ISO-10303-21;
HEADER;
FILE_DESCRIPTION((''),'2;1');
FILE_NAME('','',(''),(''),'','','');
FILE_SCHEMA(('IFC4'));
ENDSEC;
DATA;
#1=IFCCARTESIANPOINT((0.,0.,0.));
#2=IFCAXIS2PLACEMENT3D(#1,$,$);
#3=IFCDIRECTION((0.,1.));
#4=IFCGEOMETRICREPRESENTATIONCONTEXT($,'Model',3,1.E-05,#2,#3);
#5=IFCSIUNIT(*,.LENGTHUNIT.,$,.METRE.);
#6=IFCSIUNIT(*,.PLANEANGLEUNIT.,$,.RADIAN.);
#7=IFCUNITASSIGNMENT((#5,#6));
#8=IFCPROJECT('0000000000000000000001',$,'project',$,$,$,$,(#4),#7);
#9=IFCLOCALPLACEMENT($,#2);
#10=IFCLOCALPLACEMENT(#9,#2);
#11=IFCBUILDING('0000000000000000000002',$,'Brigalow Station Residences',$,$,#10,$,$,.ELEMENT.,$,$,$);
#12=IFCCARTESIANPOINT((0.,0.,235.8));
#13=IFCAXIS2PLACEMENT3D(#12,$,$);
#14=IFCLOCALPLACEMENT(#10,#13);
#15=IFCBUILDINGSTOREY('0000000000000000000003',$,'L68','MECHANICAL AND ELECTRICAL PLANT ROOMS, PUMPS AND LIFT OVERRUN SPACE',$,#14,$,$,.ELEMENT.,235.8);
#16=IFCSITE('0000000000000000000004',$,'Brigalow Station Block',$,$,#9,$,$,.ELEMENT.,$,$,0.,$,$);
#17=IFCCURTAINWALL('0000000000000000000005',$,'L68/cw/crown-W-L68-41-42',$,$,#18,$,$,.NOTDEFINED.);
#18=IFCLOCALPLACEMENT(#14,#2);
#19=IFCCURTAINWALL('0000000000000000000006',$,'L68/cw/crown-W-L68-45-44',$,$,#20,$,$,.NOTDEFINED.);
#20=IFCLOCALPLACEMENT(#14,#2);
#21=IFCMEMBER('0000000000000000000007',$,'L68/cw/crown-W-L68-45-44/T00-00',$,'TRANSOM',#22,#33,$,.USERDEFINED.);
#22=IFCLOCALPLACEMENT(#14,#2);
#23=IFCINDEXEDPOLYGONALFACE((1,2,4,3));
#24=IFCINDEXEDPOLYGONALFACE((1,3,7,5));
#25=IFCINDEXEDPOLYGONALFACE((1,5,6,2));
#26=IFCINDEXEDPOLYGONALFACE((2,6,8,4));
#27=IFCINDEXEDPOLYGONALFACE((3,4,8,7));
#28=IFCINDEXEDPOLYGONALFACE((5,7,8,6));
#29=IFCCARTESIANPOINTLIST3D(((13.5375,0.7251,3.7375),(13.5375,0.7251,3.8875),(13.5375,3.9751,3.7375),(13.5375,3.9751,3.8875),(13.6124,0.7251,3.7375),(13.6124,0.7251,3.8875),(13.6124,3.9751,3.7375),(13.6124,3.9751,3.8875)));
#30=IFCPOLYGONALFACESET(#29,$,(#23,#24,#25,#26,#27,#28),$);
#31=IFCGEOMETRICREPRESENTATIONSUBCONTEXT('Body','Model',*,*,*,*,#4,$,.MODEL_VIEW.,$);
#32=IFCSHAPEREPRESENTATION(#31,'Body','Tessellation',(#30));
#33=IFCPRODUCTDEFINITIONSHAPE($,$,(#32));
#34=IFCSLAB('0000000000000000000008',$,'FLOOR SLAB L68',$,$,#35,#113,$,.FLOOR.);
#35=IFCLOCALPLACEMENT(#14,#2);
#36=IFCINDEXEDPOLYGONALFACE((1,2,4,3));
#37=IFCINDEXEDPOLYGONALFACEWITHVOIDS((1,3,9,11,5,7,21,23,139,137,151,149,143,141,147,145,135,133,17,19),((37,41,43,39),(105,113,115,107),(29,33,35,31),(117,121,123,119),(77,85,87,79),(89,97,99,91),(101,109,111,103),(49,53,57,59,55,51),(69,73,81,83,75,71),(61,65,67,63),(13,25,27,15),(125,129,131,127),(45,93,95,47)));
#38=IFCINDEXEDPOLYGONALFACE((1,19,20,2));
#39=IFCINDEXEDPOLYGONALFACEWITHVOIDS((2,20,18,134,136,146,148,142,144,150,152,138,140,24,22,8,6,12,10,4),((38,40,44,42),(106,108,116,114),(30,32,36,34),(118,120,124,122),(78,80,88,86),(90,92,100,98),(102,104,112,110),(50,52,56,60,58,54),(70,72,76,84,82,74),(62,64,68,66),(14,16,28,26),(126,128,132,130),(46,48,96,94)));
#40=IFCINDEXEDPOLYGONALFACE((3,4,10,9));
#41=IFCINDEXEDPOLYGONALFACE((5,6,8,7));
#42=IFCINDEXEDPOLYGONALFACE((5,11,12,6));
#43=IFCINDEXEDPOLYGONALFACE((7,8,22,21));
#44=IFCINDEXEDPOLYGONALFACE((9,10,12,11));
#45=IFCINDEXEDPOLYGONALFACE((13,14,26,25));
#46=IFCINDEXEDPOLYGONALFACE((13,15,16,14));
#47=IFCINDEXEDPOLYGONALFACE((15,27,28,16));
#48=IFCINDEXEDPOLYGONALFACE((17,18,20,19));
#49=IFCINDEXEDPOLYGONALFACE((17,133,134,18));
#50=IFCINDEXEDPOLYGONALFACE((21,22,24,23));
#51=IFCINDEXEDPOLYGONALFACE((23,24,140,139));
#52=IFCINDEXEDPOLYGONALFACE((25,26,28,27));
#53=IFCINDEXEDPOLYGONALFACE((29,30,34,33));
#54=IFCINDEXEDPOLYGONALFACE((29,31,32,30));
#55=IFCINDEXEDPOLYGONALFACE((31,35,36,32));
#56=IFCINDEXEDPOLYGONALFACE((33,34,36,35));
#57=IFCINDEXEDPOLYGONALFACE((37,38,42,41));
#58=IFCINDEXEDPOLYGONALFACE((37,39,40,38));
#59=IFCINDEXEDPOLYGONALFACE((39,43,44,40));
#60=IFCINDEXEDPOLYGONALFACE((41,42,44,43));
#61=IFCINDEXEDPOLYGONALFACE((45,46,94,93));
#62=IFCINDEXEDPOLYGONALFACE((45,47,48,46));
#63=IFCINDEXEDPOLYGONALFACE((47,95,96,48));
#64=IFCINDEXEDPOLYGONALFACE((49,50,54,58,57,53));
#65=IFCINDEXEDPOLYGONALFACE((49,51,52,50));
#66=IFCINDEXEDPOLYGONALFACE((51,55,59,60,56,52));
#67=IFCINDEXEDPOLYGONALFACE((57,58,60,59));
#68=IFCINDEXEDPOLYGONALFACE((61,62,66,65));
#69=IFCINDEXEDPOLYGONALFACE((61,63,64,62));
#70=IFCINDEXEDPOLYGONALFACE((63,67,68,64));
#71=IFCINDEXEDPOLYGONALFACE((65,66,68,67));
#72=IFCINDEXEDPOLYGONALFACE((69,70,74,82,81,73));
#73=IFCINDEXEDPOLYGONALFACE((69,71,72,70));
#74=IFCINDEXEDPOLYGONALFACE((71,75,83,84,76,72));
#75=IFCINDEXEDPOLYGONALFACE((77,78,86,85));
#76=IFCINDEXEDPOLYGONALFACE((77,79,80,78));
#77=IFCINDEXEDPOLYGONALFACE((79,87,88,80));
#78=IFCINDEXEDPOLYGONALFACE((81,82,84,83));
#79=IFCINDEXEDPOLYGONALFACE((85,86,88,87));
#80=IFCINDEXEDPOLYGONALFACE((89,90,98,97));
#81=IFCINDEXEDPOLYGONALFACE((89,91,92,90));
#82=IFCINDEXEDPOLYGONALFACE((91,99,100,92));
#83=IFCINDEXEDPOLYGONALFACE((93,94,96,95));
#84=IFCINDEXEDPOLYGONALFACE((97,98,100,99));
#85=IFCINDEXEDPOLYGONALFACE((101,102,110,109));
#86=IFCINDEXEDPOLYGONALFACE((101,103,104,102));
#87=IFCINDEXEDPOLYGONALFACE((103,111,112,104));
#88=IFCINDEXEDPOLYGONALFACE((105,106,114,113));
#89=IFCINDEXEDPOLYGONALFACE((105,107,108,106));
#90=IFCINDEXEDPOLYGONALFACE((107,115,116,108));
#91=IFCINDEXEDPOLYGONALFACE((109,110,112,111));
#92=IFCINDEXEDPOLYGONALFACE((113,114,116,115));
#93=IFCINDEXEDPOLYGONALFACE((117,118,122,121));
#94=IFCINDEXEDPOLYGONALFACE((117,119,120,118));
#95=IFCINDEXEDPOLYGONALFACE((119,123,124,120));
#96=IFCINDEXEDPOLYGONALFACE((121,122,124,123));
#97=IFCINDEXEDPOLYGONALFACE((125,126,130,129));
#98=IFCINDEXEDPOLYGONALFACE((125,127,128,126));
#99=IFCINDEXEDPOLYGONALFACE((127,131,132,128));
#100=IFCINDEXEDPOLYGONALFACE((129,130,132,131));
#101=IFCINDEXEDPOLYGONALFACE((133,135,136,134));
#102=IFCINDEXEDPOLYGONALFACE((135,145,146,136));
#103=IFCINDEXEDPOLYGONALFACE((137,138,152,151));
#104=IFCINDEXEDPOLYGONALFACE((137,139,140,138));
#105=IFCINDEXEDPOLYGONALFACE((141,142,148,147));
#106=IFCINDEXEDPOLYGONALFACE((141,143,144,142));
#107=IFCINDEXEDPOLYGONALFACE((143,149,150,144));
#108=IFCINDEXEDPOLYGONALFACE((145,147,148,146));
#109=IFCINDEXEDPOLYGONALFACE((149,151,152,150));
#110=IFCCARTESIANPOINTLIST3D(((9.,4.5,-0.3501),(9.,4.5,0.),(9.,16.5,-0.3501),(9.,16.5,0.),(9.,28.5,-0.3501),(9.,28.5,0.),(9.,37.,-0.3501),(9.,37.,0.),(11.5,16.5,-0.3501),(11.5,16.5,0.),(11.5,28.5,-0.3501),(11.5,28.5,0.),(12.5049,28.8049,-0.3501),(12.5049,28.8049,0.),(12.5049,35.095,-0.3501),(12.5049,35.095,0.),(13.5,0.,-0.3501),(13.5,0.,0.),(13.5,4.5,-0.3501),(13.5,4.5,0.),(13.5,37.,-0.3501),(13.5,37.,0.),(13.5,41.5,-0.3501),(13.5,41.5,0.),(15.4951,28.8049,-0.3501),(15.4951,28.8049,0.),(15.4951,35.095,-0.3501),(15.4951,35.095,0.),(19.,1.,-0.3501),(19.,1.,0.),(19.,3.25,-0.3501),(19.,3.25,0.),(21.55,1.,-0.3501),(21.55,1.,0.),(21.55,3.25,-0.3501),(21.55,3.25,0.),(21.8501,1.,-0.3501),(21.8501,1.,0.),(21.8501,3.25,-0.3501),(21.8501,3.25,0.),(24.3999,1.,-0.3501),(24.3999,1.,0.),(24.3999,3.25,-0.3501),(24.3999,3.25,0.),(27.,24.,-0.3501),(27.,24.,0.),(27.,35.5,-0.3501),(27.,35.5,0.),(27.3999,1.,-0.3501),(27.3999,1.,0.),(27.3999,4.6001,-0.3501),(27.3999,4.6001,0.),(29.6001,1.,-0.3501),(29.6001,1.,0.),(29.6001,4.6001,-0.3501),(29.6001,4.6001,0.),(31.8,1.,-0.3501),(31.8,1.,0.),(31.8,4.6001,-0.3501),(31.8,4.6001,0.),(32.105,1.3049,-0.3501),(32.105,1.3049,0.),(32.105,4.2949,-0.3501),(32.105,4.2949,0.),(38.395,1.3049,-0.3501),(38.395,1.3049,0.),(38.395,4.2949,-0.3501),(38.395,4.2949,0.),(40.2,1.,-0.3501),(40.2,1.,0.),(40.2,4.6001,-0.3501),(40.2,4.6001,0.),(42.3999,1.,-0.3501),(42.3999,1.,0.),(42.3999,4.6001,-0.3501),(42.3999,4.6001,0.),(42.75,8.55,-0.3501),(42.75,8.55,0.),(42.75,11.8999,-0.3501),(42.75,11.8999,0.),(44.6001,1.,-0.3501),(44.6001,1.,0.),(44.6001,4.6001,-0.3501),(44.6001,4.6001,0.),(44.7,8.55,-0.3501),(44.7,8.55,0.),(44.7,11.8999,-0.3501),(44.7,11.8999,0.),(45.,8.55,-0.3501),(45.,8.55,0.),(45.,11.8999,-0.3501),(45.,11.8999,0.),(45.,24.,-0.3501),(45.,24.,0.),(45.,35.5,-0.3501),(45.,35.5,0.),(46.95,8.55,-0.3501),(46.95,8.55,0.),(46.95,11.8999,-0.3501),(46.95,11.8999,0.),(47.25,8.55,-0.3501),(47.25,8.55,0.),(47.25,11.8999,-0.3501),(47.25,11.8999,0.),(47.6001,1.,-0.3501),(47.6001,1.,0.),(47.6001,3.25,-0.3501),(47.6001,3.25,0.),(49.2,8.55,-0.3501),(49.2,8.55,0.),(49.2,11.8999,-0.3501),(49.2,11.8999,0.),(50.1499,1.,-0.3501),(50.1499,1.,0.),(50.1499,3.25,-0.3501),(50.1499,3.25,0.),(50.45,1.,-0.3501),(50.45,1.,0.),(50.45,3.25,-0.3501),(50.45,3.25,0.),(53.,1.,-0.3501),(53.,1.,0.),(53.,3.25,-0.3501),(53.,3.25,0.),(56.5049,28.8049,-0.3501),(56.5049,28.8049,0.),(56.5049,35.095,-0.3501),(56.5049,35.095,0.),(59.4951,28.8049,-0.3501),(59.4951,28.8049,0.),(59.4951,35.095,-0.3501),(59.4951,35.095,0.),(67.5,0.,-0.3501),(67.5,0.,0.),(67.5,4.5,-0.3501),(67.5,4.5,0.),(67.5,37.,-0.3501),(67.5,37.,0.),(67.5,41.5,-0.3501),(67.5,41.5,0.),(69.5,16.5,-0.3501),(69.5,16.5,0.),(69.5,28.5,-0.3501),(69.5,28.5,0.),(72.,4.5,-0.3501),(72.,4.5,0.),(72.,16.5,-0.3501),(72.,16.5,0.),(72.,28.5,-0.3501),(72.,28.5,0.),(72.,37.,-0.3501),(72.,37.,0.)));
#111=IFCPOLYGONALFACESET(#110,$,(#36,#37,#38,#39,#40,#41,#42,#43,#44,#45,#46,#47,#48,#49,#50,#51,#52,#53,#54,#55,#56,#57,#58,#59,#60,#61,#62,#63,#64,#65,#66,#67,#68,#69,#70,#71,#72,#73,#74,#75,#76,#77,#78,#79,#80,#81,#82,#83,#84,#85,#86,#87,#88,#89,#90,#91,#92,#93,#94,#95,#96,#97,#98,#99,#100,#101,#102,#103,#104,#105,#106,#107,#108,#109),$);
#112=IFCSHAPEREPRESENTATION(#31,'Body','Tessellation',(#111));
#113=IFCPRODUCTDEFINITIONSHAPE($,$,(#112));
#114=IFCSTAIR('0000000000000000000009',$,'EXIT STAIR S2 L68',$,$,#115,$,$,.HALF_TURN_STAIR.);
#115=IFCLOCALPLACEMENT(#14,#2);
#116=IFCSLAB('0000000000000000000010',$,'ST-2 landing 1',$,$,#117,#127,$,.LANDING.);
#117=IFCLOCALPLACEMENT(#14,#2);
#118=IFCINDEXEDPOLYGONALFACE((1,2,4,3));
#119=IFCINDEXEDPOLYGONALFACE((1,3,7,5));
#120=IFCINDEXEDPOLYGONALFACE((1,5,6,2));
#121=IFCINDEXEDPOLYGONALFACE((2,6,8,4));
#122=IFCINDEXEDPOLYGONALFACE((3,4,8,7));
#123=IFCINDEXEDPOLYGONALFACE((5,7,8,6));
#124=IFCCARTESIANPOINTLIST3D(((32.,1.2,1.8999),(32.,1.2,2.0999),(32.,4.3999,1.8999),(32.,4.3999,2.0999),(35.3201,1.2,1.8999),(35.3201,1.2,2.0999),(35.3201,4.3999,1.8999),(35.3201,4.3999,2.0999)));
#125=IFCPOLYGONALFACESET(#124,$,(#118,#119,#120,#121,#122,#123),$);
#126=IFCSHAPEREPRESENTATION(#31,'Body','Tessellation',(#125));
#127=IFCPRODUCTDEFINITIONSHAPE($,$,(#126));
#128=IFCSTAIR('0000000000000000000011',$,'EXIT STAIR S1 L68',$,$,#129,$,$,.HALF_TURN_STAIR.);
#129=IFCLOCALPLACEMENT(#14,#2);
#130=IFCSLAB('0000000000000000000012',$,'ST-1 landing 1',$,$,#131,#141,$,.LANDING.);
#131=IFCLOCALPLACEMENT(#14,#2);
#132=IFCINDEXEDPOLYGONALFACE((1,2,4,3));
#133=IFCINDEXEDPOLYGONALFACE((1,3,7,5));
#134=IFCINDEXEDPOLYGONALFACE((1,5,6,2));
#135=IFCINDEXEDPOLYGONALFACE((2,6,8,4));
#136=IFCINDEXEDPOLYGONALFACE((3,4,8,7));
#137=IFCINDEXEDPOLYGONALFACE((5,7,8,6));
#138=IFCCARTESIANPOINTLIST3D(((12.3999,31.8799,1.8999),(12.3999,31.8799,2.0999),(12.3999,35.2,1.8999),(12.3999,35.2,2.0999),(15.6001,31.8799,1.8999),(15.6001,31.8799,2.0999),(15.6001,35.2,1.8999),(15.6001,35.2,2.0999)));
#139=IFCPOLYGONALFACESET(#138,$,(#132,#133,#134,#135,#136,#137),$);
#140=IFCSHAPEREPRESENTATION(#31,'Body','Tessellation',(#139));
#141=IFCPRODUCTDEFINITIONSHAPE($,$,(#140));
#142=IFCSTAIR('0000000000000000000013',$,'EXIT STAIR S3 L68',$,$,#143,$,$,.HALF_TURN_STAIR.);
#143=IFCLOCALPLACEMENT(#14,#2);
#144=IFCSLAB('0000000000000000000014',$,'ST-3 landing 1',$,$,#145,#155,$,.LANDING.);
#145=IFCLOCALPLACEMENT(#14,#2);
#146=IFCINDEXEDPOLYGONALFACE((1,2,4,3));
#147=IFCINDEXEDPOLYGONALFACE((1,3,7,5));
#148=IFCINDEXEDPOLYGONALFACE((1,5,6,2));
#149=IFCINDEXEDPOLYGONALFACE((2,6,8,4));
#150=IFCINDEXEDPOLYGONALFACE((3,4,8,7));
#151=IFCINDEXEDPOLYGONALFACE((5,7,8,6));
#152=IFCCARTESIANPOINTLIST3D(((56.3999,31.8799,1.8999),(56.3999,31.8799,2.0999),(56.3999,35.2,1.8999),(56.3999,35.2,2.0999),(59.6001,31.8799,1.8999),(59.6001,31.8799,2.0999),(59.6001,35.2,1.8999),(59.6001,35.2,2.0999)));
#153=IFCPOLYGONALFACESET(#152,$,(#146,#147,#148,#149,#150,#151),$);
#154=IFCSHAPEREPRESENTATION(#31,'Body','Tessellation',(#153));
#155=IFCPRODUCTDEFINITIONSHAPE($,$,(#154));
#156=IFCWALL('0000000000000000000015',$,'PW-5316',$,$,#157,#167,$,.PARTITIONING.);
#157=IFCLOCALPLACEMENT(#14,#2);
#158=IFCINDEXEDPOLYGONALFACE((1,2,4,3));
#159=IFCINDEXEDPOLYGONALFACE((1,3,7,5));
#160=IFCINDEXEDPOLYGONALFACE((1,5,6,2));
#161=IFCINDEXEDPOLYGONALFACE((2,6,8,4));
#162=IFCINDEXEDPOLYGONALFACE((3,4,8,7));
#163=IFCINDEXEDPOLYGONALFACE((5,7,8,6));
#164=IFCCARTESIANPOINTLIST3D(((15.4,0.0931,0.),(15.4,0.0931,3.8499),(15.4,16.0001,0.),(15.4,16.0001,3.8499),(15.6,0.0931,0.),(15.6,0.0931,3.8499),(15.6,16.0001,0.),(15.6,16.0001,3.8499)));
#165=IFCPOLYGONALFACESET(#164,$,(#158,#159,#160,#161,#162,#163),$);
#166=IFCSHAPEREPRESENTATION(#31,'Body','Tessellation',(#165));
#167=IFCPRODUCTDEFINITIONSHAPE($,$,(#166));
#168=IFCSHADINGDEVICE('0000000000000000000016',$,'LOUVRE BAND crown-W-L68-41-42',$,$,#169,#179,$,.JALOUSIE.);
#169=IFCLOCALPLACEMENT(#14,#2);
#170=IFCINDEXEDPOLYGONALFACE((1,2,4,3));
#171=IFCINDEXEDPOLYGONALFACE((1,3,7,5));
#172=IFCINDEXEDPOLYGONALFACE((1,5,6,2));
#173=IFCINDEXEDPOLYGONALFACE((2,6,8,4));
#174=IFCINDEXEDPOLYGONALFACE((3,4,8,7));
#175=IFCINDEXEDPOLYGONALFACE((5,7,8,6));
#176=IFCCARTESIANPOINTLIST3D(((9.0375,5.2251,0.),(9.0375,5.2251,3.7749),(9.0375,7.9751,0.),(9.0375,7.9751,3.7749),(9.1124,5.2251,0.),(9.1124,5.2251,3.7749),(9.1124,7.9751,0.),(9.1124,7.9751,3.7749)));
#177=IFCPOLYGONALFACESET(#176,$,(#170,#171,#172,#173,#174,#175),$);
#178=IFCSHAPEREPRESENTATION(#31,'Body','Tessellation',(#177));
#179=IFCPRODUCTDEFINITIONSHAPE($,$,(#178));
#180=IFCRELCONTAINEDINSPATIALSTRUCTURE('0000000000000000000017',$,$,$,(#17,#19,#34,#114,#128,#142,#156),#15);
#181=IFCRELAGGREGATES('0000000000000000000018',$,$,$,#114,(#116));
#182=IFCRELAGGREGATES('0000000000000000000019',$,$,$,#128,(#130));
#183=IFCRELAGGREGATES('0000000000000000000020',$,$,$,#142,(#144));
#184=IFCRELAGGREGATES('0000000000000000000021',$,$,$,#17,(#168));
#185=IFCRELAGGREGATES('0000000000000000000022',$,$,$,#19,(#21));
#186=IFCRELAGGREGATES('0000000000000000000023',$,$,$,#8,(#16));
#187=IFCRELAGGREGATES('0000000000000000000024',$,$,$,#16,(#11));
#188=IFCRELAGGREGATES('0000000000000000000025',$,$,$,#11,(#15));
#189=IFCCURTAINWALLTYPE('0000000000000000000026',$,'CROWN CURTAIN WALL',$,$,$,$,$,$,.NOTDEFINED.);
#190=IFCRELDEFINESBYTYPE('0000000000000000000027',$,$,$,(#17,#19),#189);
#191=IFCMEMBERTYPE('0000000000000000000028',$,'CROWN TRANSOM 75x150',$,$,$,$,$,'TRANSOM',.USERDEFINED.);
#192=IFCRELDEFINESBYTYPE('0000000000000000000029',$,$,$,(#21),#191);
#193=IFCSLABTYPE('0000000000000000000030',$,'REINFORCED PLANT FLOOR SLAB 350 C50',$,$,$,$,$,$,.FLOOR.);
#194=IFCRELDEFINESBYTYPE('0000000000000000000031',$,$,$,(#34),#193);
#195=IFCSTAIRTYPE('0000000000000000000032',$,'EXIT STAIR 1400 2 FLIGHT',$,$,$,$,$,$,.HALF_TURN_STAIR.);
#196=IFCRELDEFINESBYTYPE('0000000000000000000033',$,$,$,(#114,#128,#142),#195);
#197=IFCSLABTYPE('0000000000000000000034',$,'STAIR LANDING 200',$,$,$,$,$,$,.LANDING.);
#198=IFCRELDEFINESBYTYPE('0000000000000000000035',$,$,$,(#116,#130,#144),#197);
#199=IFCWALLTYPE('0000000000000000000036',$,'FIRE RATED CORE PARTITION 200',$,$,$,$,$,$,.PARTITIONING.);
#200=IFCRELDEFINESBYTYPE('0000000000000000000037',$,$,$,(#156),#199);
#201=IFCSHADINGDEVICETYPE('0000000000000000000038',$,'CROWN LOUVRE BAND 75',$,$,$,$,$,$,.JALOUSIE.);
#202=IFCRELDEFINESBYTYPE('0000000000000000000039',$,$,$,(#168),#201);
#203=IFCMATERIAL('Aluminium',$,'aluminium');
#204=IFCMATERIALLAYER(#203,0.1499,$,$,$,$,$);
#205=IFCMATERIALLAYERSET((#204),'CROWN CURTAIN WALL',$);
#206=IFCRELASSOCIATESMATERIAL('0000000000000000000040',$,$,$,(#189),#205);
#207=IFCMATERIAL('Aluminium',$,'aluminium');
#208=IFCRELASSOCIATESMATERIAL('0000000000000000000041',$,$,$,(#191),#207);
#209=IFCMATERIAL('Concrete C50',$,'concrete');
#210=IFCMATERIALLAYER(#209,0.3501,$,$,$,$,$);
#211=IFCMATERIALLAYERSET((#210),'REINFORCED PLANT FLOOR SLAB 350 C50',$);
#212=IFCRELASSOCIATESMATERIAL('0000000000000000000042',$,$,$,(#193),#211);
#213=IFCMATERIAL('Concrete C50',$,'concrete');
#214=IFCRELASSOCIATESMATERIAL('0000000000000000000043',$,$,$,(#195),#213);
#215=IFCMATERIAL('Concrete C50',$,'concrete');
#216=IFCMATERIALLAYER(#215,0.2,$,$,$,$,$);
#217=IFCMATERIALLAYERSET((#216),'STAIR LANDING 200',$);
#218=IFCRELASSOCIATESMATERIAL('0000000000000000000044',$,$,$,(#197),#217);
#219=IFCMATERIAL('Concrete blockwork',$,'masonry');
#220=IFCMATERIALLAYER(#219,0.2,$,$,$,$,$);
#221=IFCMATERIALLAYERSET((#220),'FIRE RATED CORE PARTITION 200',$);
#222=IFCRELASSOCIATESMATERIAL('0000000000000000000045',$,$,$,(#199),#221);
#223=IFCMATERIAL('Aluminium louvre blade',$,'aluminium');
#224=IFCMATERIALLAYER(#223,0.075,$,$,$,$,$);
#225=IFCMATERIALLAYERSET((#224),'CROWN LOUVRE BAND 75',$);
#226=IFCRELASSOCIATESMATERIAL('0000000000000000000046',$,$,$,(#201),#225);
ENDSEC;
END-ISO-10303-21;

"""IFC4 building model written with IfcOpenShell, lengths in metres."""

from ifc_helpers import new_model, si_unit, direction, frame, frame_2d, origin, origin_2d, place, context, subcontext, project, spatial, polyline, rectangle, outline, extrude, material, layer, layer_set, material_profile, profile_set, type_object, element, aggregate, save


model = new_model("IFC4")

# Units and contexts
model_context = context("Model", 3, precision=1e-05, world=origin(), true_north=direction((0.0, 1.0)))
body_context = subcontext(model_context, "Body", "Model", "MODEL_VIEW")
ifc_project = project(units=[si_unit("LENGTHUNIT", "METRE"), si_unit("PLANEANGLEUNIT", "RADIAN")], contexts=[model_context])

# Site, building, storey
site_placement = place(None, origin())
site = spatial("IfcSite", under=ifc_project, at=site_placement, Name="Brigalow Station Block", CompositionType="ELEMENT", RefElevation=0.0)
building_placement = place(site_placement, origin())
building = spatial("IfcBuilding", under=site, at=building_placement, Name="Brigalow Station Residences", CompositionType="ELEMENT")
storey_placement = place(building_placement, frame((0.0, 0.0, 235.8)))
storey = spatial("IfcBuildingStorey", under=building, at=storey_placement, Name="L68", Description="MECHANICAL AND ELECTRICAL PLANT ROOMS, PUMPS AND LIFT OVERRUN SPACE", CompositionType="ELEMENT", Elevation=235.8)

# Shared definitions
ifc_material_1 = material(Name="Aluminium", Category="aluminium")
ifc_layer_1 = layer(ifc_material_1, 0.1499)
ifc_layer_set_1 = layer_set([ifc_layer_1], Name="CROWN CURTAIN WALL")
curtain_wall_type = type_object("IfcCurtainWallType", Name="CROWN CURTAIN WALL", PredefinedType="NOTDEFINED", material=ifc_layer_set_1)

# Curtain walls
curtain_wall_1_placement = place(storey_placement, origin())
curtain_wall_1 = element("IfcCurtainWall", 1, at=curtain_wall_1_placement, inside=storey, type_object=curtain_wall_type, Name="L68/cw/crown-W-L68-41-42", PredefinedType="NOTDEFINED")
curtain_wall_2_placement = place(storey_placement, origin())
curtain_wall_2 = element("IfcCurtainWall", 2, at=curtain_wall_2_placement, inside=storey, type_object=curtain_wall_type, Name="L68/cw/crown-W-L68-45-44", PredefinedType="NOTDEFINED")

# Member
ifc_material_2 = material(Name="Aluminium", Category="aluminium")
ifc_material_profile_1 = material_profile(ifc_material_2, rectangle(XDim=0.075, YDim=0.1499, at=origin_2d()), Name="CROWN TRANSOM 75x150")
ifc_profile_set_1 = profile_set([ifc_material_profile_1], Name="Aluminium")
member_type_1 = type_object("IfcMemberType", Name="CROWN TRANSOM 75x150", ElementType="TRANSOM", PredefinedType="USERDEFINED", material=ifc_profile_set_1)
member_1_placement = place(storey_placement, frame((13.575, 3.9751, 3.8125), z_axis=(0.0, -1.0, 0.0), x_axis=(1.0, 0.0, 0.0)))
member_1 = element("IfcMember", 3, at=member_1_placement, type_object=member_type_1, Name="L68/cw/crown-W-L68-45-44/T00-00", ObjectType="TRANSOM", PredefinedType="USERDEFINED", context=body_context, shape_type="SweptSolid", body=[
    extrude(rectangle(XDim=0.075, YDim=0.1499, at=origin_2d()), origin(), (0.0, 0.0, 1.0), 3.25),
])

# Slab
ifc_material_3 = material(Name="Concrete C50", Category="concrete")
ifc_layer_2 = layer(ifc_material_3, 0.3501)
ifc_layer_set_2 = layer_set([ifc_layer_2], Name="REINFORCED PLANT FLOOR SLAB 350 C50")
slab_type_1 = type_object("IfcSlabType", Name="REINFORCED PLANT FLOOR SLAB 350 C50", PredefinedType="FLOOR", material=ifc_layer_set_2)
slab_1_placement = place(storey_placement, frame((0.0, 0.0, -0.3501)))
element("IfcSlab", 4, at=slab_1_placement, inside=storey, type_object=slab_type_1, Name="FLOOR SLAB L68", PredefinedType="FLOOR", context=body_context, shape_type="SweptSolid", body=[
    extrude(outline(polyline([(13.5, 0.0), (67.5, 0.0), (67.5, 4.5), (72.0, 4.5), (72.0, 16.5), (69.5, 16.5), (69.5, 28.5), (72.0, 28.5), (72.0, 37.0), (67.5, 37.0), (67.5, 41.5), (13.5, 41.5), (13.5, 37.0), (9.0, 37.0), (9.0, 28.5), (11.5, 28.5), (11.5, 16.5), (9.0, 16.5), (9.0, 4.5), (13.5, 4.5), (13.5, 0.0)]), holes=[polyline([(12.5049, 35.095), (15.4951, 35.095), (15.4951, 28.8049), (12.5049, 28.8049), (12.5049, 35.095)]), polyline([(19.0, 1.0), (19.0, 3.25), (21.55, 3.25), (21.55, 1.0), (19.0, 1.0)]), polyline([(21.8501, 3.25), (24.3999, 3.25), (24.3999, 1.0), (21.8501, 1.0), (21.8501, 3.25)]), polyline([(27.0, 35.5), (45.0, 35.5), (45.0, 24.0), (27.0, 24.0), (27.0, 35.5)]), polyline([(29.6001, 4.6001), (31.8, 4.6001), (31.8, 1.0), (29.6001, 1.0), (27.3999, 1.0), (27.3999, 4.6001), (29.6001, 4.6001)]), polyline([(32.105, 4.2949), (38.395, 4.2949), (38.395, 1.3049), (32.105, 1.3049), (32.105, 4.2949)]), polyline([(40.2, 4.6001), (42.3999, 4.6001), (44.6001, 4.6001), (44.6001, 1.0), (42.3999, 1.0), (40.2, 1.0), (40.2, 4.6001)]), polyline([(42.75, 11.8999), (44.7, 11.8999), (44.7, 8.55), (42.75, 8.55), (42.75, 11.8999)]), polyline([(45.0, 11.8999), (46.95, 11.8999), (46.95, 8.55), (45.0, 8.55), (45.0, 11.8999)]), polyline([(47.25, 11.8999), (49.2, 11.8999), (49.2, 8.55), (47.25, 8.55), (47.25, 11.8999)]), polyline([(47.6001, 3.25), (50.1499, 3.25), (50.1499, 1.0), (47.6001, 1.0), (47.6001, 3.25)]), polyline([(50.45, 3.25), (53.0, 3.25), (53.0, 1.0), (50.45, 1.0), (50.45, 3.25)]), polyline([(56.5049, 35.095), (59.4951, 35.095), (59.4951, 28.8049), (56.5049, 28.8049), (56.5049, 35.095)])]), origin(), (0.0, 0.0, 1.0), 0.3501),
])

# Stairs, slabs
ifc_material_4 = material(Name="Concrete C50", Category="concrete")
stair_type = type_object("IfcStairType", Name="EXIT STAIR 1400 2 FLIGHT", PredefinedType="HALF_TURN_STAIR", material=ifc_material_4)
stair_1_placement = place(storey_placement, origin())
stair_1 = element("IfcStair", 5, at=stair_1_placement, inside=storey, type_object=stair_type, Name="EXIT STAIR S2 L68", PredefinedType="HALF_TURN_STAIR")
ifc_material_5 = material(Name="Concrete C50", Category="concrete")
ifc_layer_3 = layer(ifc_material_5, 0.2)
ifc_layer_set_3 = layer_set([ifc_layer_3], Name="STAIR LANDING 200")
slab_type_2 = type_object("IfcSlabType", Name="STAIR LANDING 200", PredefinedType="LANDING", material=ifc_layer_set_3)
slab_2_placement = place(storey_placement, frame((0.0, 0.0, 1.8999)))
slab_2 = element("IfcSlab", 6, at=slab_2_placement, type_object=slab_type_2, Name="ST-2 landing 1", PredefinedType="LANDING", context=body_context, shape_type="SweptSolid", body=[
    extrude(outline(polyline([(32.0, 1.2), (35.3201, 1.2), (35.3201, 4.3999), (32.0, 4.3999), (32.0, 1.2)])), origin(), (0.0, 0.0, 1.0), 0.2),
])
aggregate(stair_1, [slab_2])
stair_2_placement = place(storey_placement, origin())
stair_2 = element("IfcStair", 7, at=stair_2_placement, inside=storey, type_object=stair_type, Name="EXIT STAIR S1 L68", PredefinedType="HALF_TURN_STAIR")
slab_3_placement = place(storey_placement, frame((0.0, 0.0, 1.8999)))
slab_3 = element("IfcSlab", 8, at=slab_3_placement, type_object=slab_type_2, Name="ST-1 landing 1", PredefinedType="LANDING", context=body_context, shape_type="SweptSolid", body=[
    extrude(outline(polyline([(12.3999, 31.8799), (15.6001, 31.8799), (15.6001, 35.2), (12.3999, 35.2), (12.3999, 31.8799)])), origin(), (0.0, 0.0, 1.0), 0.2),
])
aggregate(stair_2, [slab_3])
stair_3_placement = place(storey_placement, origin())
stair_3 = element("IfcStair", 9, at=stair_3_placement, inside=storey, type_object=stair_type, Name="EXIT STAIR S3 L68", PredefinedType="HALF_TURN_STAIR")
slab_4_placement = place(storey_placement, frame((0.0, 0.0, 1.8999)))
slab_4 = element("IfcSlab", 10, at=slab_4_placement, type_object=slab_type_2, Name="ST-3 landing 1", PredefinedType="LANDING", context=body_context, shape_type="SweptSolid", body=[
    extrude(outline(polyline([(56.3999, 31.8799), (59.6001, 31.8799), (59.6001, 35.2), (56.3999, 35.2), (56.3999, 31.8799)])), origin(), (0.0, 0.0, 1.0), 0.2),
])
aggregate(stair_3, [slab_4])

# Wall
ifc_material_6 = material(Name="Concrete blockwork", Category="masonry")
ifc_layer_4 = layer(ifc_material_6, 0.2)
ifc_layer_set_4 = layer_set([ifc_layer_4], Name="FIRE RATED CORE PARTITION 200")
wall_type = type_object("IfcWallType", Name="FIRE RATED CORE PARTITION 200", PredefinedType="PARTITIONING", material=ifc_layer_set_4)
wall_placement = place(storey_placement, frame((15.5, 0.093, 0.0), z_axis=(0.0, 0.0, 1.0), x_axis=(0.0, 1.0, 0.0)))
element("IfcWall", 11, at=wall_placement, inside=storey, type_object=wall_type, Name="PW-5316", PredefinedType="PARTITIONING", context=body_context, shape_type="SweptSolid", body=[
    extrude(rectangle(XDim=15.907, YDim=0.2, at=frame_2d((7.9536, 0.0))), origin(), (0.0, 0.0, 1.0), 3.8499),
])

# Shading device
ifc_material_7 = material(Name="Aluminium louvre blade", Category="aluminium")
ifc_layer_5 = layer(ifc_material_7, 0.075)
ifc_layer_set_5 = layer_set([ifc_layer_5], Name="CROWN LOUVRE BAND 75")
shading_device_type = type_object("IfcShadingDeviceType", Name="CROWN LOUVRE BAND 75", PredefinedType="JALOUSIE", material=ifc_layer_set_5)
shading_device_1_placement = place(storey_placement, frame((9.075, 6.6001, 0.0), z_axis=(0.0, 0.0, 1.0), x_axis=(0.0, -1.0, 0.0)))
shading_device_1 = element("IfcShadingDevice", 12, at=shading_device_1_placement, type_object=shading_device_type, Name="LOUVRE BAND crown-W-L68-41-42", PredefinedType="JALOUSIE", context=body_context, shape_type="SweptSolid", body=[
    extrude(rectangle(XDim=2.75, YDim=0.075, at=origin_2d()), origin(), (0.0, 0.0, 1.0), 3.7749),
])
aggregate(curtain_wall_1, [shading_device_1])
aggregate(curtain_wall_2, [member_1])

save(model, "model.ifc")
